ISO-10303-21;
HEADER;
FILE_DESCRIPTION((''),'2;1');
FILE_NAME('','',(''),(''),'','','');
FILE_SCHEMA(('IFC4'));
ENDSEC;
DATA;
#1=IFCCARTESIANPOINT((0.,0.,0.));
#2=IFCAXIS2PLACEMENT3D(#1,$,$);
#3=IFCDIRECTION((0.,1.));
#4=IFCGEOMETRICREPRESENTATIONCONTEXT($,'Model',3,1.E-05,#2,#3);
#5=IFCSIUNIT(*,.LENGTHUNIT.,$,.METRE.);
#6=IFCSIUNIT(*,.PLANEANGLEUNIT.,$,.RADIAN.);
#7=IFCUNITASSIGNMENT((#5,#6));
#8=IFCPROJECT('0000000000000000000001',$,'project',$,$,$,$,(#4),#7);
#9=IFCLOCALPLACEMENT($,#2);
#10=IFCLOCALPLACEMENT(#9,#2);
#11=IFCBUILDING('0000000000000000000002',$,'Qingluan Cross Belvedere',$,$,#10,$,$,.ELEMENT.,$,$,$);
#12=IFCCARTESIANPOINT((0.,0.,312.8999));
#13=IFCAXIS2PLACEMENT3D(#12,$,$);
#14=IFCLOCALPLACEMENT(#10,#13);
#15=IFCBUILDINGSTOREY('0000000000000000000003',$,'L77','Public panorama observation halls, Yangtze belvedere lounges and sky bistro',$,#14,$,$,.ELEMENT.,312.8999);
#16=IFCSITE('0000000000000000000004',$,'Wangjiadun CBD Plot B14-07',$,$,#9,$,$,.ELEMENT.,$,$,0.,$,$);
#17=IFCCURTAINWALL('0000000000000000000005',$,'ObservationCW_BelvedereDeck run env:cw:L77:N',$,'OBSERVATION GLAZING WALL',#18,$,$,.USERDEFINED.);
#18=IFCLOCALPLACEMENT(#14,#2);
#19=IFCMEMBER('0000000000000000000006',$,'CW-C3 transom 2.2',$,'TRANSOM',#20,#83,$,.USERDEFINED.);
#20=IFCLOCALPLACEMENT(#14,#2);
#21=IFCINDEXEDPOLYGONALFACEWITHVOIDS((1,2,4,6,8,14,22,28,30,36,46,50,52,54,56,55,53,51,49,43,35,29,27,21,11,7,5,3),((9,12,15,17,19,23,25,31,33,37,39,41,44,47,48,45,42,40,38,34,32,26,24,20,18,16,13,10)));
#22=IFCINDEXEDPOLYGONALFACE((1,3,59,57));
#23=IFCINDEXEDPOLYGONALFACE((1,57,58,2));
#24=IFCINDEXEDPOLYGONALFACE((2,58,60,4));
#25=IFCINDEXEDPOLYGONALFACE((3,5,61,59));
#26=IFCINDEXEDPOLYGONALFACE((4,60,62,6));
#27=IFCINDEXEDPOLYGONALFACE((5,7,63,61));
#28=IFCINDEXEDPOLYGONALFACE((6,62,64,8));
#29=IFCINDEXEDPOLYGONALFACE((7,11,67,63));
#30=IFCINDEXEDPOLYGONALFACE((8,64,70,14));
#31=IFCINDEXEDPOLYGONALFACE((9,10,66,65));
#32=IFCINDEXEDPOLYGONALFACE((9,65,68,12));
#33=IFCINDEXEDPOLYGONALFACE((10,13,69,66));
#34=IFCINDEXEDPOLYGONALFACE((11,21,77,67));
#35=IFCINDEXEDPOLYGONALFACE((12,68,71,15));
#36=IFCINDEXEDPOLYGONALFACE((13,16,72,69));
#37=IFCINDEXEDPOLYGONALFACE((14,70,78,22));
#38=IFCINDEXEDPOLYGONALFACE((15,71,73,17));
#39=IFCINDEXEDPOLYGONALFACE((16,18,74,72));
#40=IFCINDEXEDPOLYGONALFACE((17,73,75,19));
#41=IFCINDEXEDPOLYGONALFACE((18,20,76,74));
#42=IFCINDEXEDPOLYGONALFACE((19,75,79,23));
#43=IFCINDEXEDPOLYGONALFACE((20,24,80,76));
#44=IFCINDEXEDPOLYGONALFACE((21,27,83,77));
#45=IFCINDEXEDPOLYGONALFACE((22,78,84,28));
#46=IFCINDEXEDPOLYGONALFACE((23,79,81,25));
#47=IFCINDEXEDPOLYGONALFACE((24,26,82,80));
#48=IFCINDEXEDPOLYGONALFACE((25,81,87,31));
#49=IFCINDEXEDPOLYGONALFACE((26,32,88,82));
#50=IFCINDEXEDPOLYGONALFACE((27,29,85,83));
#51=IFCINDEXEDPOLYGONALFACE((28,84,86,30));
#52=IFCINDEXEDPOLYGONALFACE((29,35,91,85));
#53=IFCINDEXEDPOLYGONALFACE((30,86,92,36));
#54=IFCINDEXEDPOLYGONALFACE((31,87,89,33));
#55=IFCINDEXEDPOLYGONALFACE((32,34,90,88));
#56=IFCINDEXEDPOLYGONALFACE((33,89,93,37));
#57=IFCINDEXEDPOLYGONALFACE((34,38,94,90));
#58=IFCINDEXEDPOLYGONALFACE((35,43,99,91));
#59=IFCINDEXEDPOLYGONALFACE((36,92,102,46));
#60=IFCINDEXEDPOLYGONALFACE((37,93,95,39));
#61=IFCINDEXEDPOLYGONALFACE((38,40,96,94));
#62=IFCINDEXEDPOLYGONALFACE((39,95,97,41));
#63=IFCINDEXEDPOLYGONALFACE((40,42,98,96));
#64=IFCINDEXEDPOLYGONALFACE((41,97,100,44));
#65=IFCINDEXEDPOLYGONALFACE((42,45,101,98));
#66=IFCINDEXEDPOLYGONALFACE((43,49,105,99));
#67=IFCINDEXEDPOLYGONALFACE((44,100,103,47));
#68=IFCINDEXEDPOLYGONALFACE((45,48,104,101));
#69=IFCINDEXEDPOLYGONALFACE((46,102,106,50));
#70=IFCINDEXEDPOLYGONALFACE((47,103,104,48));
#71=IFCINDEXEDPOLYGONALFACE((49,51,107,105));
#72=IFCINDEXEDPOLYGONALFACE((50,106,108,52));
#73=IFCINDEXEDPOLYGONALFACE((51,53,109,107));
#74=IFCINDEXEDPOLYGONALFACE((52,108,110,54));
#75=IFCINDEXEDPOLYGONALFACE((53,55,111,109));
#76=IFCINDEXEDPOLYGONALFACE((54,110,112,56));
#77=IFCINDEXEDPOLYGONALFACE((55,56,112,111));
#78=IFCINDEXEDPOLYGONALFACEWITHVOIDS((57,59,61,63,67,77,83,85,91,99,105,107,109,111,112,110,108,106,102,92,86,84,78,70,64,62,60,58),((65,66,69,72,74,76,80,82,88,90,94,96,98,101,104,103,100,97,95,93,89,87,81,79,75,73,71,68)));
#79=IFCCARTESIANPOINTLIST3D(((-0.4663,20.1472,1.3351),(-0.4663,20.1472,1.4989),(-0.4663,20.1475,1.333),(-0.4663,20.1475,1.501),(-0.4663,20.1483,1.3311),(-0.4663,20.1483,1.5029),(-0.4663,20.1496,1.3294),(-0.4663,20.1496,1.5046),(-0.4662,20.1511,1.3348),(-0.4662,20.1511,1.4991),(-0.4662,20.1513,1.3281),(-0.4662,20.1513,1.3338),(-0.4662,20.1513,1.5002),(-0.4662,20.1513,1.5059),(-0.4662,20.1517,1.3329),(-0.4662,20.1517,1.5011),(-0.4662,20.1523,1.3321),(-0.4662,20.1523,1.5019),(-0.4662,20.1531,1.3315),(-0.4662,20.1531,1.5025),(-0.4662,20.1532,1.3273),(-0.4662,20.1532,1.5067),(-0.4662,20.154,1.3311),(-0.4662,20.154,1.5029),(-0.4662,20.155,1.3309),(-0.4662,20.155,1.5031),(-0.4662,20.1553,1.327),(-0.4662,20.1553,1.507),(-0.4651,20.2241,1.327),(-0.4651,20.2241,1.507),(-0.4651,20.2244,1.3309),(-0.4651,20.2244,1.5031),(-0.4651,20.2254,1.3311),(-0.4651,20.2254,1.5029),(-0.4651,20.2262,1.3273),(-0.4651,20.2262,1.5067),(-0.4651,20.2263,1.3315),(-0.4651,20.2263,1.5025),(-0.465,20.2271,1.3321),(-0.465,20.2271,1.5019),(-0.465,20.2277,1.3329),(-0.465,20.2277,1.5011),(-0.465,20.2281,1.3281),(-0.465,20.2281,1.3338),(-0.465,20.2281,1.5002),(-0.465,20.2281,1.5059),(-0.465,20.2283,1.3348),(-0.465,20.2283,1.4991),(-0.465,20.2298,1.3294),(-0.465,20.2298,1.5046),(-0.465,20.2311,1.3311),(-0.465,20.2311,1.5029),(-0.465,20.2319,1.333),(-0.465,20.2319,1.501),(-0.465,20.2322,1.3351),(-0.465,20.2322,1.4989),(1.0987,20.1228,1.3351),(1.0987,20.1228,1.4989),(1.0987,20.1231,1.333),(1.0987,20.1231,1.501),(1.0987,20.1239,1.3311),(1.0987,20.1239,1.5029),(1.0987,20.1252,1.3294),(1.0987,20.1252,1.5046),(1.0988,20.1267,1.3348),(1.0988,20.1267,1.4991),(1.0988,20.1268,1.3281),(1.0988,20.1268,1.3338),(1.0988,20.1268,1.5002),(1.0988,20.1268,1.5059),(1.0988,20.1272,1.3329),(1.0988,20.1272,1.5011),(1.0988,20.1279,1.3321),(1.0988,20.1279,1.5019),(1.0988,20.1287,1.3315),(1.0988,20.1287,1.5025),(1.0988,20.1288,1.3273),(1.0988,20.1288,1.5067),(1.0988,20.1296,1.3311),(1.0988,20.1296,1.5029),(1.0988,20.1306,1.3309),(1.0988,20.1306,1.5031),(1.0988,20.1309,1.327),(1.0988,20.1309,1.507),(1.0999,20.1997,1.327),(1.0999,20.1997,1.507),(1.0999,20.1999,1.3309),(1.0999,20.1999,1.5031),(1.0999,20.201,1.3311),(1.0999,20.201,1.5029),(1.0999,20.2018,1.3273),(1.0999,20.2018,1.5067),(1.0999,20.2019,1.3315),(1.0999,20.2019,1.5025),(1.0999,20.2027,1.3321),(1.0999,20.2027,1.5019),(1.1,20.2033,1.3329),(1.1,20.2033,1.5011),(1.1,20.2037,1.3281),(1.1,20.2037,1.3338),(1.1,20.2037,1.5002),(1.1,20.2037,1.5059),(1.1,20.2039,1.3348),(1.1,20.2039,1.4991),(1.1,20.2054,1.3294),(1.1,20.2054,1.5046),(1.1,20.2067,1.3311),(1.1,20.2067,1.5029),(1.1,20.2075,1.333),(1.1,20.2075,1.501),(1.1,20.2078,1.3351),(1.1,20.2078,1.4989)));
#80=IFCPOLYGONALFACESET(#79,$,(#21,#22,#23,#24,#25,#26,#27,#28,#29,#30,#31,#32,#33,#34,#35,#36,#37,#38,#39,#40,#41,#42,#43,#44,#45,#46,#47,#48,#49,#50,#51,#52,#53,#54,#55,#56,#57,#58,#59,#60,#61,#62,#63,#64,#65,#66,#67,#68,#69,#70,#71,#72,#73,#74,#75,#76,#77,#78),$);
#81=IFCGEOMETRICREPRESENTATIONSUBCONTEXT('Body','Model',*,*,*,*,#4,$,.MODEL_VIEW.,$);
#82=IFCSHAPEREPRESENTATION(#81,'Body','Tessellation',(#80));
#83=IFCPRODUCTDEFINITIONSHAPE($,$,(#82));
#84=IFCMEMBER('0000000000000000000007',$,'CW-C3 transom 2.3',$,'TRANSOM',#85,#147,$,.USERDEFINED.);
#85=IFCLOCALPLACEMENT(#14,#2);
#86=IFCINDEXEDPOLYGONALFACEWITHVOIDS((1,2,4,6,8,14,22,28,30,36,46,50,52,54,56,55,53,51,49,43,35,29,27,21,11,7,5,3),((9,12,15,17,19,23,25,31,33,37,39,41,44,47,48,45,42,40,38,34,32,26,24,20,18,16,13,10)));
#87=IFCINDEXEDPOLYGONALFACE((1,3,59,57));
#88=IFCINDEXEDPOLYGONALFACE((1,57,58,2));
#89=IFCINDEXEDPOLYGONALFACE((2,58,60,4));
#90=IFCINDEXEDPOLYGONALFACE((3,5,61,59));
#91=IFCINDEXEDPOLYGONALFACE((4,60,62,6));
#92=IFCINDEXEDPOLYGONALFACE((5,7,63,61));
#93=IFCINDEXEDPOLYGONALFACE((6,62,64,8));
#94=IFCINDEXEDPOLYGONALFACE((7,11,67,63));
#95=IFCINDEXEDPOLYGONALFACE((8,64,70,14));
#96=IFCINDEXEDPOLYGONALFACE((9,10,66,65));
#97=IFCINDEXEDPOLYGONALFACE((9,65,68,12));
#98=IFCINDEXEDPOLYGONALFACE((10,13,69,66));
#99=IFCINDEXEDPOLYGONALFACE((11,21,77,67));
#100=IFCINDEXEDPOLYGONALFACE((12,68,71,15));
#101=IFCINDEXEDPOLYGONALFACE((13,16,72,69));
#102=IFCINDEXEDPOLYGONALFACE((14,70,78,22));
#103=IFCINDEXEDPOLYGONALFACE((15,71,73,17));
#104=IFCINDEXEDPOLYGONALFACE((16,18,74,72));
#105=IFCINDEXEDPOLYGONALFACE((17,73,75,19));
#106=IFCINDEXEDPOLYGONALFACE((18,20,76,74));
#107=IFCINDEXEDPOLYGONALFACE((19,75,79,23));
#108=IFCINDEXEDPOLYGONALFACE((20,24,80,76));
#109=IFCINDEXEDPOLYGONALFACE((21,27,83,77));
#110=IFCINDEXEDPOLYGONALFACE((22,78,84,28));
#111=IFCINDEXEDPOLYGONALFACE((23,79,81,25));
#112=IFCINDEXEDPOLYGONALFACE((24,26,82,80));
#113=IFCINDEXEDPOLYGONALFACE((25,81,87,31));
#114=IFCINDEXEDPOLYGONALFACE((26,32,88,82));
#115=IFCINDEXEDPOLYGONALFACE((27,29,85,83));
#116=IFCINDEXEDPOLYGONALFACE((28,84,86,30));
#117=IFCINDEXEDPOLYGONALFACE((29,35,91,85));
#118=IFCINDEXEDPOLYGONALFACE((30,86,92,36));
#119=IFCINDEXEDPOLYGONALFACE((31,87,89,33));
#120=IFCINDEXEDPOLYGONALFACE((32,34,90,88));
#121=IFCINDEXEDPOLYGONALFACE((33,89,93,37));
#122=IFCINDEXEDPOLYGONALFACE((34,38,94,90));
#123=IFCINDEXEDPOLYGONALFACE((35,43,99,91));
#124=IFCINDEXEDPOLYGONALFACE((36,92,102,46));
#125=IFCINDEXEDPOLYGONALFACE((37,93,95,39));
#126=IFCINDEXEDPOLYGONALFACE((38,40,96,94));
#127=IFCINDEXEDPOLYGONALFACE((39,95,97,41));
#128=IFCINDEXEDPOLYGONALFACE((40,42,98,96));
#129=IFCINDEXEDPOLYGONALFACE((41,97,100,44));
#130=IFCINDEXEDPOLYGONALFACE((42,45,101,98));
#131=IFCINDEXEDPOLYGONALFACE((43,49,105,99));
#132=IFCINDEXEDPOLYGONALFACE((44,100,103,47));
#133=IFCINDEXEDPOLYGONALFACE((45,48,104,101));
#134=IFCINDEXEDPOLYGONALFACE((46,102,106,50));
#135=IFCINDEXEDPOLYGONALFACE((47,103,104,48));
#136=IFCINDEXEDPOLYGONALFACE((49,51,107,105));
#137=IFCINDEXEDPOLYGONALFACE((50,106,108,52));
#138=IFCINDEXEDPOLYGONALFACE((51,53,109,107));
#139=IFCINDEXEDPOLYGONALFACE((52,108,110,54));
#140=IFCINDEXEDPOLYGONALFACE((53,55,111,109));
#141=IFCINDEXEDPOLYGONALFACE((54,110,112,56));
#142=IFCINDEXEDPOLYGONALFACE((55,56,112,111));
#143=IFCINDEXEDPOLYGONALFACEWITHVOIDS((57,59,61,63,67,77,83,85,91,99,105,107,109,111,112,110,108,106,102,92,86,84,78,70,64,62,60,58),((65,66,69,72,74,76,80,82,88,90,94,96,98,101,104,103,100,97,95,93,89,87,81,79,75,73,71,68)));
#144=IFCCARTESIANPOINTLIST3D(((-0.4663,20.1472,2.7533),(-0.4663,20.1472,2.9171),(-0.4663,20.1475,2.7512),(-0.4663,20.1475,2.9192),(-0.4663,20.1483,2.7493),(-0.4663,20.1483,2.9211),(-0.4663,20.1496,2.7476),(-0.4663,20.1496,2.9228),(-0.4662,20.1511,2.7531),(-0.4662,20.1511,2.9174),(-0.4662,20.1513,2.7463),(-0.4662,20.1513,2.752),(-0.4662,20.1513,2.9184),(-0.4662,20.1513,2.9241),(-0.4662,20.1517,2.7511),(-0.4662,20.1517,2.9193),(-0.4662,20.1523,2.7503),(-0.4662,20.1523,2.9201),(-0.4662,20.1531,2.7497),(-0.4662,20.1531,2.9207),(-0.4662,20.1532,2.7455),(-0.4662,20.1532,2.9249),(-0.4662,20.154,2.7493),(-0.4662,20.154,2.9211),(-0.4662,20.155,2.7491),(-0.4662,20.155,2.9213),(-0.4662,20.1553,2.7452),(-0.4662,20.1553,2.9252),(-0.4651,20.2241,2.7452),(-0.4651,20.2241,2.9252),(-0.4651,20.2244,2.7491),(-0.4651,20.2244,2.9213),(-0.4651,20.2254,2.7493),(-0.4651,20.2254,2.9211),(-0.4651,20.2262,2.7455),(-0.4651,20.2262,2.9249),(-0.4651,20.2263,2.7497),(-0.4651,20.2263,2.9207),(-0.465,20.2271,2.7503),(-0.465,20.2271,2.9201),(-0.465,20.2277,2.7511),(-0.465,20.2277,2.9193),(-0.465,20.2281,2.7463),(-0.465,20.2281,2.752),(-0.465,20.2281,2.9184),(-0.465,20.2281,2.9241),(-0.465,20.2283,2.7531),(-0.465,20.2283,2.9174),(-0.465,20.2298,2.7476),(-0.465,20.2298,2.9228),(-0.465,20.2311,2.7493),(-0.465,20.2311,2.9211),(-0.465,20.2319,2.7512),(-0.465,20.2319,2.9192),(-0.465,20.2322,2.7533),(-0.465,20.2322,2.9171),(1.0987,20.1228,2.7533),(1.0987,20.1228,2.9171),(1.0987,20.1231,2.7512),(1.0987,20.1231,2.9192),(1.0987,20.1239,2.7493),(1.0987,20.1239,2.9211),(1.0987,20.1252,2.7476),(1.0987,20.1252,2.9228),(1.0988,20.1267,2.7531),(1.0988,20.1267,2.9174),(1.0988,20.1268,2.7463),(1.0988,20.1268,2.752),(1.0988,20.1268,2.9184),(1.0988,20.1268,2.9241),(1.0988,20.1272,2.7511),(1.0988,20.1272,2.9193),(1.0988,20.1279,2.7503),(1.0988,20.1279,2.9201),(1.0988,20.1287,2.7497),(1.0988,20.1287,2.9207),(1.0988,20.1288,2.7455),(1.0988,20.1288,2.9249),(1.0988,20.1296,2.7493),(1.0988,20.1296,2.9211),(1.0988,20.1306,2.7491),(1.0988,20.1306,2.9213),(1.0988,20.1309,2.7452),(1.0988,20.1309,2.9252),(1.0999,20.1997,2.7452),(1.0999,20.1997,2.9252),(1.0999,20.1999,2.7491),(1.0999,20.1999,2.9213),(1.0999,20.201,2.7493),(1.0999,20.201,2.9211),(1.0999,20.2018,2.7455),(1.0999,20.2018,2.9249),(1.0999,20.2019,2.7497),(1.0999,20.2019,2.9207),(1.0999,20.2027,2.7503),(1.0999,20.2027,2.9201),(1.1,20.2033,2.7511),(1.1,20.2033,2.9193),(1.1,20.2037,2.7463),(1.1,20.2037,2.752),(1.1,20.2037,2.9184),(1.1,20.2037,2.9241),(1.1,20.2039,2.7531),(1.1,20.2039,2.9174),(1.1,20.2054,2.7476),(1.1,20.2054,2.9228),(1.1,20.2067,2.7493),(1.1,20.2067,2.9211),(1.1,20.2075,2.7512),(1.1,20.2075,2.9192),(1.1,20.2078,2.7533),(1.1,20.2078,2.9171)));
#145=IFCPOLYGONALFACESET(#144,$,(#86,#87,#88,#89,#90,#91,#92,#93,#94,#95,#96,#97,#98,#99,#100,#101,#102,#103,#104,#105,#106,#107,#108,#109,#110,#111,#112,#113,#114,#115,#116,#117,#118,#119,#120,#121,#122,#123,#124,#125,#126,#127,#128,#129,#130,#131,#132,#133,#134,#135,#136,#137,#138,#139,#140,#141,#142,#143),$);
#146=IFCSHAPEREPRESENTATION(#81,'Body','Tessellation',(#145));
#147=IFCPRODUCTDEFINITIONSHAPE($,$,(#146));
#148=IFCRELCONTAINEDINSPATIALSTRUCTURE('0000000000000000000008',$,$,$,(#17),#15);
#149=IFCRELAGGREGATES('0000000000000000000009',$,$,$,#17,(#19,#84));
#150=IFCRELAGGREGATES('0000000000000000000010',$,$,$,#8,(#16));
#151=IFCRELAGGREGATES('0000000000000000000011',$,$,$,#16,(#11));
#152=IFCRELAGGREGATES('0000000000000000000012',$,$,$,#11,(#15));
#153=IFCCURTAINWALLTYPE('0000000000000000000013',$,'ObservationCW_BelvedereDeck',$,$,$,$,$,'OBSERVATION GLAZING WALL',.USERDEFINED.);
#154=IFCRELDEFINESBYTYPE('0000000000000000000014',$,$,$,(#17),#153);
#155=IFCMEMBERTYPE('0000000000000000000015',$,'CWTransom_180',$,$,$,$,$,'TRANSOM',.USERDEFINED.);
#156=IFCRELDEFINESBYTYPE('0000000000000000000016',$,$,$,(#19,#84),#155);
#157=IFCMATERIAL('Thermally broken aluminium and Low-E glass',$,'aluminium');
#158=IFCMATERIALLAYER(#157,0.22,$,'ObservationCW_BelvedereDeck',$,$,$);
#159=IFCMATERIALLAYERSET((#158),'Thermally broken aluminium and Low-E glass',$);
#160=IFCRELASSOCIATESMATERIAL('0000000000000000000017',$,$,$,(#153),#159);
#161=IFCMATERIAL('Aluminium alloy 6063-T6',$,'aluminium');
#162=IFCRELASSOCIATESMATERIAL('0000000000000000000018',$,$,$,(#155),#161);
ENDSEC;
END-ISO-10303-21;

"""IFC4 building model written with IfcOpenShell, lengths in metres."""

from ifc_helpers import new_model, si_unit, direction, frame, origin, origin_2d, place, context, subcontext, project, spatial, hollow_rectangle, extrude, material, layer, layer_set, material_profile, profile_set, type_object, element, aggregate, save


model = new_model("IFC4")

# Units and contexts
model_context = context("Model", 3, precision=1e-05, world=origin(), true_north=direction((0.0, 1.0)))
body_context = subcontext(model_context, "Body", "Model", "MODEL_VIEW")
ifc_project = project(units=[si_unit("LENGTHUNIT", "METRE"), si_unit("PLANEANGLEUNIT", "RADIAN")], contexts=[model_context])

# Site, building, storey
site_placement = place(None, origin())
site = spatial("IfcSite", under=ifc_project, at=site_placement, Name="Wangjiadun CBD Plot B14-07", CompositionType="ELEMENT", RefElevation=0.0)
building_placement = place(site_placement, origin())
building = spatial("IfcBuilding", under=site, at=building_placement, Name="Qingluan Cross Belvedere", CompositionType="ELEMENT")
storey_placement = place(building_placement, frame((0.0, 0.0, 312.8999)))
storey = spatial("IfcBuildingStorey", under=building, at=storey_placement, Name="L77", Description="Public panorama observation halls, Yangtze belvedere lounges and sky bistro", CompositionType="ELEMENT", Elevation=312.8999)

# Curtain wall, members
ifc_material_1 = material(Name="Thermally broken aluminium and Low-E glass", Category="aluminium")
ifc_layer_1 = layer(ifc_material_1, 0.22, Name="ObservationCW_BelvedereDeck")
ifc_layer_set_1 = layer_set([ifc_layer_1], Name="Thermally broken aluminium and Low-E glass")
curtain_wall_type = type_object("IfcCurtainWallType", Name="ObservationCW_BelvedereDeck", ElementType="OBSERVATION GLAZING WALL", PredefinedType="USERDEFINED", material=ifc_layer_set_1)
curtain_wall_placement = place(storey_placement, origin())
curtain_wall = element("IfcCurtainWall", 1, at=curtain_wall_placement, inside=storey, type_object=curtain_wall_type, Name="ObservationCW_BelvedereDeck run env:cw:L77:N", ObjectType="OBSERVATION GLAZING WALL", PredefinedType="USERDEFINED")
ifc_material_2 = material(Name="Aluminium alloy 6063-T6", Category="aluminium")
ifc_material_profile_1 = material_profile(ifc_material_2, hollow_rectangle(XDim=0.085, YDim=0.1799, WallThickness=0.0039, InnerFilletRadius=0.0039, OuterFilletRadius=0.0081, at=origin_2d()), Name="CWT180x85x4")
ifc_profile_set_1 = profile_set([ifc_material_profile_1], Name="Aluminium alloy 6063-T6")
member_type_1 = type_object("IfcMemberType", Name="CWTransom_180", ElementType="TRANSOM", PredefinedType="USERDEFINED", material=ifc_profile_set_1)
member_1_placement = place(storey_placement, frame((1.0994, 20.1653, 1.417), z_axis=(-0.999878, 0.015599, 0.0), x_axis=(-0.015599, -0.999878, 0.0)))
member_1 = element("IfcMember", 2, at=member_1_placement, type_object=member_type_1, Name="CW-C3 transom 2.2", ObjectType="TRANSOM", PredefinedType="USERDEFINED", context=body_context, shape_type="SweptSolid", body=[
    extrude(hollow_rectangle(XDim=0.085, YDim=0.1799, WallThickness=0.0039, InnerFilletRadius=0.0039, OuterFilletRadius=0.0081, at=origin_2d()), origin(), (0.0, 0.0, 1.0), 1.5652),
])
member_2_placement = place(storey_placement, frame((1.0994, 20.1653, 2.8352), z_axis=(-0.999878, 0.015599, 0.0), x_axis=(-0.015599, -0.999878, 0.0)))
member_2 = element("IfcMember", 3, at=member_2_placement, type_object=member_type_1, Name="CW-C3 transom 2.3", ObjectType="TRANSOM", PredefinedType="USERDEFINED", context=body_context, shape_type="SweptSolid", body=[
    extrude(hollow_rectangle(XDim=0.085, YDim=0.1799, WallThickness=0.0039, InnerFilletRadius=0.0039, OuterFilletRadius=0.0081, at=origin_2d()), origin(), (0.0, 0.0, 1.0), 1.5652),
])

aggregate(curtain_wall, [member_1, member_2])

save(model, "model.ifc")
